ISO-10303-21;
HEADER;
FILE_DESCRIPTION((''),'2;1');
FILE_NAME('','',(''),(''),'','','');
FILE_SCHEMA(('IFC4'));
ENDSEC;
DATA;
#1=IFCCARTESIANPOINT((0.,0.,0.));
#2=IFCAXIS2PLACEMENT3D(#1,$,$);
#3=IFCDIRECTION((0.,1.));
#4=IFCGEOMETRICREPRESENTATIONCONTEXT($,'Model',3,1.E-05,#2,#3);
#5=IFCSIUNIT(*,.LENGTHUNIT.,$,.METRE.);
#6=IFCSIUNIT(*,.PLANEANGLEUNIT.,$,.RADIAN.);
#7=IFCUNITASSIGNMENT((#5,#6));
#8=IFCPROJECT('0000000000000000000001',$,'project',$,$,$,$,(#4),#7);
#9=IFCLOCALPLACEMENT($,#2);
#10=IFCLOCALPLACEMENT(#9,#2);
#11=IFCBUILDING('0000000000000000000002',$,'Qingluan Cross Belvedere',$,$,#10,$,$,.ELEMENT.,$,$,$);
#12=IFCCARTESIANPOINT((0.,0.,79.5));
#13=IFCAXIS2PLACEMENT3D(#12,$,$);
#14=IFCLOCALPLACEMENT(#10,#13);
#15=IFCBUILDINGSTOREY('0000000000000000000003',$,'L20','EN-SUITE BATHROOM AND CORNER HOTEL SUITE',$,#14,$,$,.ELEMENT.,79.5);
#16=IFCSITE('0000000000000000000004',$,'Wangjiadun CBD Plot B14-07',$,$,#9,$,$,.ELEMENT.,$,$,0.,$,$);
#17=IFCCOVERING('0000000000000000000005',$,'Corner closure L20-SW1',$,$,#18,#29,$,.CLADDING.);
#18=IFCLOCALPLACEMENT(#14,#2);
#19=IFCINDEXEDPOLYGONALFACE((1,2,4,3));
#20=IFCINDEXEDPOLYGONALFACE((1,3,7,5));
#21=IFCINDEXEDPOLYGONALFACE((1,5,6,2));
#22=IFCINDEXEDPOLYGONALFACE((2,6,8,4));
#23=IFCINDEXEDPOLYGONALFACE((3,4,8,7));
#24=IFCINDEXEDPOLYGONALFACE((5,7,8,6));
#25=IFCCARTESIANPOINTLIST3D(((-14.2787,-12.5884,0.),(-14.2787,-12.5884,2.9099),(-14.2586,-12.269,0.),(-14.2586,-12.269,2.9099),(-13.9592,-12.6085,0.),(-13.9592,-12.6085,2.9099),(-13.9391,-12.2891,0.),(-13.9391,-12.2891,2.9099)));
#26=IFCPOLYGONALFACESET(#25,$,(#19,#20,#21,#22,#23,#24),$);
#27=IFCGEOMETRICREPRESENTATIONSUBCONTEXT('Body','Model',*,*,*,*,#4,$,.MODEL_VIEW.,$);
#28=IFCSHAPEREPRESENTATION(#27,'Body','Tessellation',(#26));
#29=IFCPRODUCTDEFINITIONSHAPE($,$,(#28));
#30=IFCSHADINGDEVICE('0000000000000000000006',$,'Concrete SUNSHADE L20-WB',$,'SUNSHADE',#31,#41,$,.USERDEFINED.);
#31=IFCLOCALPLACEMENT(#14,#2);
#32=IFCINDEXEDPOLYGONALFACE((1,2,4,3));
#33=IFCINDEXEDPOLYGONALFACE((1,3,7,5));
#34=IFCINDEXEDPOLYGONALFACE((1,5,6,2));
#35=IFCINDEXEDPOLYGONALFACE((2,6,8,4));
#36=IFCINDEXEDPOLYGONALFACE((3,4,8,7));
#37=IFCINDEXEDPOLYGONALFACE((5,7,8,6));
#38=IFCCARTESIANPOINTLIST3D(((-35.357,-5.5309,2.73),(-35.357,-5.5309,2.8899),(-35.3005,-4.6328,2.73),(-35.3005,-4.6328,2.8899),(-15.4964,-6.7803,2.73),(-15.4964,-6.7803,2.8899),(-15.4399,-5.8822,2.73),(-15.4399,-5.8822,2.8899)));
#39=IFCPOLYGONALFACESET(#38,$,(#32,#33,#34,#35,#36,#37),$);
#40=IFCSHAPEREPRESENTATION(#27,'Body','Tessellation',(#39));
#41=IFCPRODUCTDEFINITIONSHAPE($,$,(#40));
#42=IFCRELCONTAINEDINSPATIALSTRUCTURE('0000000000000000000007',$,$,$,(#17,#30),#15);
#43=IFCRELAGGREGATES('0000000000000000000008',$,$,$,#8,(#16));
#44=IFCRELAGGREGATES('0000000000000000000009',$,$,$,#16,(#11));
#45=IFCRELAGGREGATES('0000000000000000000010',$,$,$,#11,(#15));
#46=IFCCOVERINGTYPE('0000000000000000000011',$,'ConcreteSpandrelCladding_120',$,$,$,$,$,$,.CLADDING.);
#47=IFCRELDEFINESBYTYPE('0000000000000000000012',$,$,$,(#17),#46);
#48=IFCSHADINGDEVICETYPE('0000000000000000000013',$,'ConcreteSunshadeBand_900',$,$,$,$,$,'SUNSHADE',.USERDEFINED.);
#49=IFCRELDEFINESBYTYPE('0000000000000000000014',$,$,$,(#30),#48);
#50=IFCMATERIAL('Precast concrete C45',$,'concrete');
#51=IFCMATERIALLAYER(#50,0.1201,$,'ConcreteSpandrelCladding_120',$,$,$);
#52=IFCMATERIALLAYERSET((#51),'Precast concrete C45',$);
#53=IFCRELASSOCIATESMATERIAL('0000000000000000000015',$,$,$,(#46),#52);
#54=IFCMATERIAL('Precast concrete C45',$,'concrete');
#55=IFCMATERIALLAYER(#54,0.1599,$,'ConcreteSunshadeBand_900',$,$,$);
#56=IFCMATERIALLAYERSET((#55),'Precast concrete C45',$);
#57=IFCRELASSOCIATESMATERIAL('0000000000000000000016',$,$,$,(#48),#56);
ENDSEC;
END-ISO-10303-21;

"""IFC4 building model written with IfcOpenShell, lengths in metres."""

from ifc_helpers import new_model, si_unit, direction, frame, origin, origin_2d, place, context, subcontext, project, spatial, rectangle, extrude, material, layer, layer_set, type_object, element, save


model = new_model("IFC4")

# Units and contexts
model_context = context("Model", 3, precision=1e-05, world=origin(), true_north=direction((0.0, 1.0)))
body_context = subcontext(model_context, "Body", "Model", "MODEL_VIEW")
ifc_project = project(units=[si_unit("LENGTHUNIT", "METRE"), si_unit("PLANEANGLEUNIT", "RADIAN")], contexts=[model_context])

# Site, building, storey
site_placement = place(None, origin())
site = spatial("IfcSite", under=ifc_project, at=site_placement, Name="Wangjiadun CBD Plot B14-07", CompositionType="ELEMENT", RefElevation=0.0)
building_placement = place(site_placement, origin())
building = spatial("IfcBuilding", under=site, at=building_placement, Name="Qingluan Cross Belvedere", CompositionType="ELEMENT")
storey_placement = place(building_placement, frame((0.0, 0.0, 79.5)))
storey = spatial("IfcBuildingStorey", under=building, at=storey_placement, Name="L20", Description="EN-SUITE BATHROOM AND CORNER HOTEL SUITE", CompositionType="ELEMENT", Elevation=79.5)

# Covering
ifc_material_1 = material(Name="Precast concrete C45", Category="concrete")
ifc_layer_1 = layer(ifc_material_1, 0.1201, Name="ConcreteSpandrelCladding_120")
ifc_layer_set_1 = layer_set([ifc_layer_1], Name="Precast concrete C45")
covering_type = type_object("IfcCoveringType", Name="ConcreteSpandrelCladding_120", PredefinedType="CLADDING", material=ifc_layer_set_1)
covering_placement = place(storey_placement, frame((-14.1089, -12.4387, 0.0), z_axis=(0.0, 0.0, 1.0), x_axis=(0.998027, -0.062791, 0.0)))
element("IfcCovering", 1, at=covering_placement, inside=storey, type_object=covering_type, Name="Corner closure L20-SW1", PredefinedType="CLADDING", context=body_context, shape_type="SweptSolid", body=[
    extrude(rectangle(XDim=0.3201, YDim=0.3201, at=origin_2d()), origin(), (0.0, 0.0, 1.0), 2.9099),
])

# Shading device
ifc_material_2 = material(Name="Precast concrete C45", Category="concrete")
ifc_layer_2 = layer(ifc_material_2, 0.1599, Name="ConcreteSunshadeBand_900")
ifc_layer_set_2 = layer_set([ifc_layer_2], Name="Precast concrete C45")
shading_device_type = type_object("IfcShadingDeviceType", Name="ConcreteSunshadeBand_900", ElementType="SUNSHADE", PredefinedType="USERDEFINED", material=ifc_layer_set_2)
shading_device_placement = place(storey_placement, frame((-25.3984, -5.7065, 2.73), z_axis=(0.0, 0.0, 1.0), x_axis=(0.998027, -0.062786, 0.0)))
element("IfcShadingDevice", 2, at=shading_device_placement, inside=storey, type_object=shading_device_type, Name="Concrete SUNSHADE L20-WB", ObjectType="SUNSHADE", PredefinedType="USERDEFINED", context=body_context, shape_type="SweptSolid", body=[
    extrude(rectangle(XDim=19.8999, YDim=0.8999, at=origin_2d()), origin(), (0.0, 0.0, 1.0), 0.1599),
])

save(model, "model.ifc")
